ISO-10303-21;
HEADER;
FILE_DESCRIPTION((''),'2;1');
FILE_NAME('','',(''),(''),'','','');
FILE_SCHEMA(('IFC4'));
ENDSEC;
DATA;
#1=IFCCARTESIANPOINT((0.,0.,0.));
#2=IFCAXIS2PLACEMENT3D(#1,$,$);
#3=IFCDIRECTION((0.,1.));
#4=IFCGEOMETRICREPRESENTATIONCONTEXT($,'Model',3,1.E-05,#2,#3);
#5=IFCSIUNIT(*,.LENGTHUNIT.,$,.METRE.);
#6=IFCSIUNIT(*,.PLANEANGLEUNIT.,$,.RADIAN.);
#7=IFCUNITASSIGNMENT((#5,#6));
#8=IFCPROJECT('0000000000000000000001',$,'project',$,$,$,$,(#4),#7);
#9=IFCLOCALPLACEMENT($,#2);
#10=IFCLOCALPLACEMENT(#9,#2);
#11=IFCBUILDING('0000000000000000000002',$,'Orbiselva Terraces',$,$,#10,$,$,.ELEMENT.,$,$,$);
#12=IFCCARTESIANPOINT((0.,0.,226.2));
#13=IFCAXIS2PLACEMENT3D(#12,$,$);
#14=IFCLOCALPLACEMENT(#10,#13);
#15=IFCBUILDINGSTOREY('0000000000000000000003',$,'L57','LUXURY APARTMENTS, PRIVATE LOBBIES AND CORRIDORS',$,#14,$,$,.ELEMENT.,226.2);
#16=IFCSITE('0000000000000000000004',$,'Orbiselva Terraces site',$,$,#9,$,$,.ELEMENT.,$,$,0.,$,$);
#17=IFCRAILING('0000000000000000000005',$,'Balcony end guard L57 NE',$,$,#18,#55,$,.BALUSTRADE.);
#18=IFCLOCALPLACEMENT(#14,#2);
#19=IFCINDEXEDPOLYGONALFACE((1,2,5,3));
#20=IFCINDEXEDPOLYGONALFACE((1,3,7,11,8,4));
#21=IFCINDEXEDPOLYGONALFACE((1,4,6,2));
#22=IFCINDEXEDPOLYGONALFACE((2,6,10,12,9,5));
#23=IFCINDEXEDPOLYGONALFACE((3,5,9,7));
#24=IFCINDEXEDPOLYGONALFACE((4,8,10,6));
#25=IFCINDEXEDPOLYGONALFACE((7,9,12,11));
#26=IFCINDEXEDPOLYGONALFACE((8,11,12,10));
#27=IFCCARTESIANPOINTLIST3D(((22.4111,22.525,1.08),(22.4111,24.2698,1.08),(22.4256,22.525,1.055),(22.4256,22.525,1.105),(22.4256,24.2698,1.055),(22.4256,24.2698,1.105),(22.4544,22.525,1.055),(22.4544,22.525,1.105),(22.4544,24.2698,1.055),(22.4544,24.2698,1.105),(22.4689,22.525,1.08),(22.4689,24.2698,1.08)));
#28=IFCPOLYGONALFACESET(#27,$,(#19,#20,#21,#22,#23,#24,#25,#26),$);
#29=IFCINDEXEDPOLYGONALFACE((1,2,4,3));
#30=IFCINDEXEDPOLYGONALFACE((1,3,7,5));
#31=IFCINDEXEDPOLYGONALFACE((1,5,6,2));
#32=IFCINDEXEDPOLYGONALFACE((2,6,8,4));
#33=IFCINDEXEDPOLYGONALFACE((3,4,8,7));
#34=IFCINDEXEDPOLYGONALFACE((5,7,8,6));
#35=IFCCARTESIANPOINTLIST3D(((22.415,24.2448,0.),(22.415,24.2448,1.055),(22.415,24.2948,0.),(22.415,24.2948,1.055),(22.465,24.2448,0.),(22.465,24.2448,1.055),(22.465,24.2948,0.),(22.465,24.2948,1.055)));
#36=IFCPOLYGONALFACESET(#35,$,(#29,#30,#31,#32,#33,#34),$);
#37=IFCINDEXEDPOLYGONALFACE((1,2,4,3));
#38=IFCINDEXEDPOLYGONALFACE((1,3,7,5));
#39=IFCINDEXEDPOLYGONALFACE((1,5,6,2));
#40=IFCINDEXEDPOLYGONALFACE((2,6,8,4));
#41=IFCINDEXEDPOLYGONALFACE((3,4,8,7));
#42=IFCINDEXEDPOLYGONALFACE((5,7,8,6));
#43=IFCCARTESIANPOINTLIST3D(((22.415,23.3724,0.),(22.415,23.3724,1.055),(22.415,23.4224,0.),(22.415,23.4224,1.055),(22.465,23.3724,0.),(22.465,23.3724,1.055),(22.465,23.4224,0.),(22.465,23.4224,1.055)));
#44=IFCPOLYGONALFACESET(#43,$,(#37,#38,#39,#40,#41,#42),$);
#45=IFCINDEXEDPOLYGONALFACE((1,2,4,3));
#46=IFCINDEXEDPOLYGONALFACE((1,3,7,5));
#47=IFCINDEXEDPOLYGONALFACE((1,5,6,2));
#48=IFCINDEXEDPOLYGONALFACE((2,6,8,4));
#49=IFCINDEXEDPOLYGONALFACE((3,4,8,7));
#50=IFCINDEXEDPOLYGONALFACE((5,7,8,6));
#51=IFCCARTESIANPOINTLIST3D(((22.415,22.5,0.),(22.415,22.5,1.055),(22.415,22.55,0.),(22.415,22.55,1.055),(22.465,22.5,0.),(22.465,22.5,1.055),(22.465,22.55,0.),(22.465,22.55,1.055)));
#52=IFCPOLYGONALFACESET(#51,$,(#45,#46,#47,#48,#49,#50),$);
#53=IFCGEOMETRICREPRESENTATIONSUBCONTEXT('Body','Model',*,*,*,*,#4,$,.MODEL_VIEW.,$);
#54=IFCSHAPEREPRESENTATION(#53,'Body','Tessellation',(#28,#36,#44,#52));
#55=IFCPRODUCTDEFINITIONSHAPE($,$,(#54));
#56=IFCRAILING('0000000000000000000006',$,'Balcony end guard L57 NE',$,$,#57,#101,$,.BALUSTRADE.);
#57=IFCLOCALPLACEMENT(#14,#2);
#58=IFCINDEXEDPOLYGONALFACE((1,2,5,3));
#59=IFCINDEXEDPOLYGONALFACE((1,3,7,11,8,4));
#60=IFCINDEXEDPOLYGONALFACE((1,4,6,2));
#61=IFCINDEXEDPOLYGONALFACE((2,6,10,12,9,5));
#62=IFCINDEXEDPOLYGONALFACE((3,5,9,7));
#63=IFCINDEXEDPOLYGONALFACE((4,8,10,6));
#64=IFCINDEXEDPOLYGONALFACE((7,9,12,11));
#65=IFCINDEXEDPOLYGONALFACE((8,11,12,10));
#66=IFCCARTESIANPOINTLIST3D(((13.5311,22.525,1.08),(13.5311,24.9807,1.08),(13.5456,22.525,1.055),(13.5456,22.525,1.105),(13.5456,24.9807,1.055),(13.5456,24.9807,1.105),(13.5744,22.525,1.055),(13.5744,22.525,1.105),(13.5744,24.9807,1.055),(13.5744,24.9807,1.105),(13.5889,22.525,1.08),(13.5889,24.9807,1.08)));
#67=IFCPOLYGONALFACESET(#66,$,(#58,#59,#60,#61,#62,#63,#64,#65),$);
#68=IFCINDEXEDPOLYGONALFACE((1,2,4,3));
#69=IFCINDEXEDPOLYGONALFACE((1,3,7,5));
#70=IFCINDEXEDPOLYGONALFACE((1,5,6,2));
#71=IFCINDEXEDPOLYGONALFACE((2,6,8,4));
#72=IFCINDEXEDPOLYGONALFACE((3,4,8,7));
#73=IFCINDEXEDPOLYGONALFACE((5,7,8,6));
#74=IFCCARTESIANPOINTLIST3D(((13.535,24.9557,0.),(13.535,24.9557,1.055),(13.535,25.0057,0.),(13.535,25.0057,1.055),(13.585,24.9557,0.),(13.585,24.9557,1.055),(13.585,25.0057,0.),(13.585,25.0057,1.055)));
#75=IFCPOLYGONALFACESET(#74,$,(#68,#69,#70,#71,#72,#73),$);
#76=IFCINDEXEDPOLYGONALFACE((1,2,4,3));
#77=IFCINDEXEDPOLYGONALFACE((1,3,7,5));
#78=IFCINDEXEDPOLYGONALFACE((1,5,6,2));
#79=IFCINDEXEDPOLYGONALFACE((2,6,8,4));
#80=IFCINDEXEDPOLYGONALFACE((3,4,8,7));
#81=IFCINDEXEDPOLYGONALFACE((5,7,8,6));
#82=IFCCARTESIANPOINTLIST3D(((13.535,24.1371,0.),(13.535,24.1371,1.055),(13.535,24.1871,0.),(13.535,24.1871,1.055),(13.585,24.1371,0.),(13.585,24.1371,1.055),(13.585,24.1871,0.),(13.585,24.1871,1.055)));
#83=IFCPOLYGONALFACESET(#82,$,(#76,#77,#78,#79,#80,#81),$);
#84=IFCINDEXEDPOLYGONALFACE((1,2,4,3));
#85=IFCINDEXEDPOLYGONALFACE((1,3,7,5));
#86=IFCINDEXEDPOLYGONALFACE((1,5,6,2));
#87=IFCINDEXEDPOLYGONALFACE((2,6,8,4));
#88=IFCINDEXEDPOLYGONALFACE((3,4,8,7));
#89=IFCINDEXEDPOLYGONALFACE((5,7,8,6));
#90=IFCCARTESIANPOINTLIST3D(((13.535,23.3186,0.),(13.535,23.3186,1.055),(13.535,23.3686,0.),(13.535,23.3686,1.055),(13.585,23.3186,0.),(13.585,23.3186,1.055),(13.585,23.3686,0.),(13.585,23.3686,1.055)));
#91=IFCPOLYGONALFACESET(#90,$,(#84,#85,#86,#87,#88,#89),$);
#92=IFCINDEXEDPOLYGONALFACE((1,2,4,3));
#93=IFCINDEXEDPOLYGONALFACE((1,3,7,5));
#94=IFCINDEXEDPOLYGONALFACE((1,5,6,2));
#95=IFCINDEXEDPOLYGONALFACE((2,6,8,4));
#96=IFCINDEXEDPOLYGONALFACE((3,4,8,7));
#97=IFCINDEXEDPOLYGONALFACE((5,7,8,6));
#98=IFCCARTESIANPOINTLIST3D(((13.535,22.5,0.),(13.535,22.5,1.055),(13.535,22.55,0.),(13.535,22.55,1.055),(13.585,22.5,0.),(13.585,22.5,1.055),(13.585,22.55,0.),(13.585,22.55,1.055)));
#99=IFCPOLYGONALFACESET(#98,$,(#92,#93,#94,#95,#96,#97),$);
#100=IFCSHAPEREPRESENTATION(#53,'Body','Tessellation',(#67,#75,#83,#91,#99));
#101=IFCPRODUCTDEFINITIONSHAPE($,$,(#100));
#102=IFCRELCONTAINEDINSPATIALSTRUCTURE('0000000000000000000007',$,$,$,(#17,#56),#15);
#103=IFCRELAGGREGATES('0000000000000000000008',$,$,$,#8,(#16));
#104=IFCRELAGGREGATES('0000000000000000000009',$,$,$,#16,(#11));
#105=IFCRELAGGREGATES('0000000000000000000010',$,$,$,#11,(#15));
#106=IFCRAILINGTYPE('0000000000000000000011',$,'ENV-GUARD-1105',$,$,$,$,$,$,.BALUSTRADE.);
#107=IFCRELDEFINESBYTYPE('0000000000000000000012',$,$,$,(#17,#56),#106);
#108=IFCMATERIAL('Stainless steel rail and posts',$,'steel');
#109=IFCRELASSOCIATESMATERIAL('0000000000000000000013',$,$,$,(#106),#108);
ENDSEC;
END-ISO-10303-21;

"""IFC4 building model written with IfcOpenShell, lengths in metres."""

from ifc_helpers import new_model, si_unit, direction, frame, origin, origin_2d, place, context, subcontext, project, spatial, polyline, rectangle, outline, extrude, material, type_object, element, save


model = new_model("IFC4")

# Units and contexts
model_context = context("Model", 3, precision=1e-05, world=origin(), true_north=direction((0.0, 1.0)))
body_context = subcontext(model_context, "Body", "Model", "MODEL_VIEW")
ifc_project = project(units=[si_unit("LENGTHUNIT", "METRE"), si_unit("PLANEANGLEUNIT", "RADIAN")], contexts=[model_context])

# Site, building, storey
site_placement = place(None, origin())
site = spatial("IfcSite", under=ifc_project, at=site_placement, Name="Orbiselva Terraces site", CompositionType="ELEMENT", RefElevation=0.0)
building_placement = place(site_placement, origin())
building = spatial("IfcBuilding", under=site, at=building_placement, Name="Orbiselva Terraces", CompositionType="ELEMENT")
storey_placement = place(building_placement, frame((0.0, 0.0, 226.2)))
storey = spatial("IfcBuildingStorey", under=building, at=storey_placement, Name="L57", Description="LUXURY APARTMENTS, PRIVATE LOBBIES AND CORRIDORS", CompositionType="ELEMENT", Elevation=226.2)

# Railings
ifc_material_1 = material(Name="Stainless steel rail and posts", Category="steel")
railing_type_1 = type_object("IfcRailingType", Name="ENV-GUARD-1105", PredefinedType="BALUSTRADE", material=ifc_material_1)
railing_1_placement = place(storey_placement, frame((22.44, 24.2698, 0.0)))
element("IfcRailing", 1, at=railing_1_placement, inside=storey, type_object=railing_type_1, Name="Balcony end guard L57 NE", PredefinedType="BALUSTRADE", context=body_context, shape_type="SweptSolid", body=[
    extrude(outline(polyline([(0.0289, 0.0), (0.0144, 0.025), (-0.0144, 0.025), (-0.0289, 0.0), (-0.0144, -0.025), (0.0144, -0.025), (0.0289, 0.0)])), frame((0.0, 0.0, 1.08), z_axis=(0.0, -1.0, 0.0), x_axis=(1.0, 0.0, 0.0)), (0.0, 0.0, 1.0), 1.7448),
    extrude(rectangle(XDim=0.05, YDim=0.05, at=origin_2d()), origin(), (0.0, 0.0, 1.0), 1.055),
    extrude(rectangle(XDim=0.05, YDim=0.05, at=origin_2d()), frame((0.0, -0.8724, 0.0)), (0.0, 0.0, 1.0), 1.055),
    extrude(rectangle(XDim=0.05, YDim=0.05, at=origin_2d()), frame((0.0, -1.7448, 0.0)), (0.0, 0.0, 1.0), 1.055),
])
railing_2_placement = place(storey_placement, frame((13.56, 24.9807, 0.0)))
element("IfcRailing", 2, at=railing_2_placement, inside=storey, type_object=railing_type_1, Name="Balcony end guard L57 NE", PredefinedType="BALUSTRADE", context=body_context, shape_type="SweptSolid", body=[
    extrude(outline(polyline([(0.0289, 0.0), (0.0144, 0.025), (-0.0144, 0.025), (-0.0289, 0.0), (-0.0144, -0.025), (0.0144, -0.025), (0.0289, 0.0)])), frame((0.0, 0.0, 1.08), z_axis=(0.0, -1.0, 0.0), x_axis=(1.0, 0.0, 0.0)), (0.0, 0.0, 1.0), 2.4557),
    extrude(rectangle(XDim=0.05, YDim=0.05, at=origin_2d()), origin(), (0.0, 0.0, 1.0), 1.055),
    extrude(rectangle(XDim=0.05, YDim=0.05, at=origin_2d()), frame((0.0, -0.8186, 0.0)), (0.0, 0.0, 1.0), 1.055),
    extrude(rectangle(XDim=0.05, YDim=0.05, at=origin_2d()), frame((0.0, -1.6371, 0.0)), (0.0, 0.0, 1.0), 1.055),
    extrude(rectangle(XDim=0.05, YDim=0.05, at=origin_2d()), frame((0.0, -2.4557, 0.0)), (0.0, 0.0, 1.0), 1.055),
])

save(model, "model.ifc")
